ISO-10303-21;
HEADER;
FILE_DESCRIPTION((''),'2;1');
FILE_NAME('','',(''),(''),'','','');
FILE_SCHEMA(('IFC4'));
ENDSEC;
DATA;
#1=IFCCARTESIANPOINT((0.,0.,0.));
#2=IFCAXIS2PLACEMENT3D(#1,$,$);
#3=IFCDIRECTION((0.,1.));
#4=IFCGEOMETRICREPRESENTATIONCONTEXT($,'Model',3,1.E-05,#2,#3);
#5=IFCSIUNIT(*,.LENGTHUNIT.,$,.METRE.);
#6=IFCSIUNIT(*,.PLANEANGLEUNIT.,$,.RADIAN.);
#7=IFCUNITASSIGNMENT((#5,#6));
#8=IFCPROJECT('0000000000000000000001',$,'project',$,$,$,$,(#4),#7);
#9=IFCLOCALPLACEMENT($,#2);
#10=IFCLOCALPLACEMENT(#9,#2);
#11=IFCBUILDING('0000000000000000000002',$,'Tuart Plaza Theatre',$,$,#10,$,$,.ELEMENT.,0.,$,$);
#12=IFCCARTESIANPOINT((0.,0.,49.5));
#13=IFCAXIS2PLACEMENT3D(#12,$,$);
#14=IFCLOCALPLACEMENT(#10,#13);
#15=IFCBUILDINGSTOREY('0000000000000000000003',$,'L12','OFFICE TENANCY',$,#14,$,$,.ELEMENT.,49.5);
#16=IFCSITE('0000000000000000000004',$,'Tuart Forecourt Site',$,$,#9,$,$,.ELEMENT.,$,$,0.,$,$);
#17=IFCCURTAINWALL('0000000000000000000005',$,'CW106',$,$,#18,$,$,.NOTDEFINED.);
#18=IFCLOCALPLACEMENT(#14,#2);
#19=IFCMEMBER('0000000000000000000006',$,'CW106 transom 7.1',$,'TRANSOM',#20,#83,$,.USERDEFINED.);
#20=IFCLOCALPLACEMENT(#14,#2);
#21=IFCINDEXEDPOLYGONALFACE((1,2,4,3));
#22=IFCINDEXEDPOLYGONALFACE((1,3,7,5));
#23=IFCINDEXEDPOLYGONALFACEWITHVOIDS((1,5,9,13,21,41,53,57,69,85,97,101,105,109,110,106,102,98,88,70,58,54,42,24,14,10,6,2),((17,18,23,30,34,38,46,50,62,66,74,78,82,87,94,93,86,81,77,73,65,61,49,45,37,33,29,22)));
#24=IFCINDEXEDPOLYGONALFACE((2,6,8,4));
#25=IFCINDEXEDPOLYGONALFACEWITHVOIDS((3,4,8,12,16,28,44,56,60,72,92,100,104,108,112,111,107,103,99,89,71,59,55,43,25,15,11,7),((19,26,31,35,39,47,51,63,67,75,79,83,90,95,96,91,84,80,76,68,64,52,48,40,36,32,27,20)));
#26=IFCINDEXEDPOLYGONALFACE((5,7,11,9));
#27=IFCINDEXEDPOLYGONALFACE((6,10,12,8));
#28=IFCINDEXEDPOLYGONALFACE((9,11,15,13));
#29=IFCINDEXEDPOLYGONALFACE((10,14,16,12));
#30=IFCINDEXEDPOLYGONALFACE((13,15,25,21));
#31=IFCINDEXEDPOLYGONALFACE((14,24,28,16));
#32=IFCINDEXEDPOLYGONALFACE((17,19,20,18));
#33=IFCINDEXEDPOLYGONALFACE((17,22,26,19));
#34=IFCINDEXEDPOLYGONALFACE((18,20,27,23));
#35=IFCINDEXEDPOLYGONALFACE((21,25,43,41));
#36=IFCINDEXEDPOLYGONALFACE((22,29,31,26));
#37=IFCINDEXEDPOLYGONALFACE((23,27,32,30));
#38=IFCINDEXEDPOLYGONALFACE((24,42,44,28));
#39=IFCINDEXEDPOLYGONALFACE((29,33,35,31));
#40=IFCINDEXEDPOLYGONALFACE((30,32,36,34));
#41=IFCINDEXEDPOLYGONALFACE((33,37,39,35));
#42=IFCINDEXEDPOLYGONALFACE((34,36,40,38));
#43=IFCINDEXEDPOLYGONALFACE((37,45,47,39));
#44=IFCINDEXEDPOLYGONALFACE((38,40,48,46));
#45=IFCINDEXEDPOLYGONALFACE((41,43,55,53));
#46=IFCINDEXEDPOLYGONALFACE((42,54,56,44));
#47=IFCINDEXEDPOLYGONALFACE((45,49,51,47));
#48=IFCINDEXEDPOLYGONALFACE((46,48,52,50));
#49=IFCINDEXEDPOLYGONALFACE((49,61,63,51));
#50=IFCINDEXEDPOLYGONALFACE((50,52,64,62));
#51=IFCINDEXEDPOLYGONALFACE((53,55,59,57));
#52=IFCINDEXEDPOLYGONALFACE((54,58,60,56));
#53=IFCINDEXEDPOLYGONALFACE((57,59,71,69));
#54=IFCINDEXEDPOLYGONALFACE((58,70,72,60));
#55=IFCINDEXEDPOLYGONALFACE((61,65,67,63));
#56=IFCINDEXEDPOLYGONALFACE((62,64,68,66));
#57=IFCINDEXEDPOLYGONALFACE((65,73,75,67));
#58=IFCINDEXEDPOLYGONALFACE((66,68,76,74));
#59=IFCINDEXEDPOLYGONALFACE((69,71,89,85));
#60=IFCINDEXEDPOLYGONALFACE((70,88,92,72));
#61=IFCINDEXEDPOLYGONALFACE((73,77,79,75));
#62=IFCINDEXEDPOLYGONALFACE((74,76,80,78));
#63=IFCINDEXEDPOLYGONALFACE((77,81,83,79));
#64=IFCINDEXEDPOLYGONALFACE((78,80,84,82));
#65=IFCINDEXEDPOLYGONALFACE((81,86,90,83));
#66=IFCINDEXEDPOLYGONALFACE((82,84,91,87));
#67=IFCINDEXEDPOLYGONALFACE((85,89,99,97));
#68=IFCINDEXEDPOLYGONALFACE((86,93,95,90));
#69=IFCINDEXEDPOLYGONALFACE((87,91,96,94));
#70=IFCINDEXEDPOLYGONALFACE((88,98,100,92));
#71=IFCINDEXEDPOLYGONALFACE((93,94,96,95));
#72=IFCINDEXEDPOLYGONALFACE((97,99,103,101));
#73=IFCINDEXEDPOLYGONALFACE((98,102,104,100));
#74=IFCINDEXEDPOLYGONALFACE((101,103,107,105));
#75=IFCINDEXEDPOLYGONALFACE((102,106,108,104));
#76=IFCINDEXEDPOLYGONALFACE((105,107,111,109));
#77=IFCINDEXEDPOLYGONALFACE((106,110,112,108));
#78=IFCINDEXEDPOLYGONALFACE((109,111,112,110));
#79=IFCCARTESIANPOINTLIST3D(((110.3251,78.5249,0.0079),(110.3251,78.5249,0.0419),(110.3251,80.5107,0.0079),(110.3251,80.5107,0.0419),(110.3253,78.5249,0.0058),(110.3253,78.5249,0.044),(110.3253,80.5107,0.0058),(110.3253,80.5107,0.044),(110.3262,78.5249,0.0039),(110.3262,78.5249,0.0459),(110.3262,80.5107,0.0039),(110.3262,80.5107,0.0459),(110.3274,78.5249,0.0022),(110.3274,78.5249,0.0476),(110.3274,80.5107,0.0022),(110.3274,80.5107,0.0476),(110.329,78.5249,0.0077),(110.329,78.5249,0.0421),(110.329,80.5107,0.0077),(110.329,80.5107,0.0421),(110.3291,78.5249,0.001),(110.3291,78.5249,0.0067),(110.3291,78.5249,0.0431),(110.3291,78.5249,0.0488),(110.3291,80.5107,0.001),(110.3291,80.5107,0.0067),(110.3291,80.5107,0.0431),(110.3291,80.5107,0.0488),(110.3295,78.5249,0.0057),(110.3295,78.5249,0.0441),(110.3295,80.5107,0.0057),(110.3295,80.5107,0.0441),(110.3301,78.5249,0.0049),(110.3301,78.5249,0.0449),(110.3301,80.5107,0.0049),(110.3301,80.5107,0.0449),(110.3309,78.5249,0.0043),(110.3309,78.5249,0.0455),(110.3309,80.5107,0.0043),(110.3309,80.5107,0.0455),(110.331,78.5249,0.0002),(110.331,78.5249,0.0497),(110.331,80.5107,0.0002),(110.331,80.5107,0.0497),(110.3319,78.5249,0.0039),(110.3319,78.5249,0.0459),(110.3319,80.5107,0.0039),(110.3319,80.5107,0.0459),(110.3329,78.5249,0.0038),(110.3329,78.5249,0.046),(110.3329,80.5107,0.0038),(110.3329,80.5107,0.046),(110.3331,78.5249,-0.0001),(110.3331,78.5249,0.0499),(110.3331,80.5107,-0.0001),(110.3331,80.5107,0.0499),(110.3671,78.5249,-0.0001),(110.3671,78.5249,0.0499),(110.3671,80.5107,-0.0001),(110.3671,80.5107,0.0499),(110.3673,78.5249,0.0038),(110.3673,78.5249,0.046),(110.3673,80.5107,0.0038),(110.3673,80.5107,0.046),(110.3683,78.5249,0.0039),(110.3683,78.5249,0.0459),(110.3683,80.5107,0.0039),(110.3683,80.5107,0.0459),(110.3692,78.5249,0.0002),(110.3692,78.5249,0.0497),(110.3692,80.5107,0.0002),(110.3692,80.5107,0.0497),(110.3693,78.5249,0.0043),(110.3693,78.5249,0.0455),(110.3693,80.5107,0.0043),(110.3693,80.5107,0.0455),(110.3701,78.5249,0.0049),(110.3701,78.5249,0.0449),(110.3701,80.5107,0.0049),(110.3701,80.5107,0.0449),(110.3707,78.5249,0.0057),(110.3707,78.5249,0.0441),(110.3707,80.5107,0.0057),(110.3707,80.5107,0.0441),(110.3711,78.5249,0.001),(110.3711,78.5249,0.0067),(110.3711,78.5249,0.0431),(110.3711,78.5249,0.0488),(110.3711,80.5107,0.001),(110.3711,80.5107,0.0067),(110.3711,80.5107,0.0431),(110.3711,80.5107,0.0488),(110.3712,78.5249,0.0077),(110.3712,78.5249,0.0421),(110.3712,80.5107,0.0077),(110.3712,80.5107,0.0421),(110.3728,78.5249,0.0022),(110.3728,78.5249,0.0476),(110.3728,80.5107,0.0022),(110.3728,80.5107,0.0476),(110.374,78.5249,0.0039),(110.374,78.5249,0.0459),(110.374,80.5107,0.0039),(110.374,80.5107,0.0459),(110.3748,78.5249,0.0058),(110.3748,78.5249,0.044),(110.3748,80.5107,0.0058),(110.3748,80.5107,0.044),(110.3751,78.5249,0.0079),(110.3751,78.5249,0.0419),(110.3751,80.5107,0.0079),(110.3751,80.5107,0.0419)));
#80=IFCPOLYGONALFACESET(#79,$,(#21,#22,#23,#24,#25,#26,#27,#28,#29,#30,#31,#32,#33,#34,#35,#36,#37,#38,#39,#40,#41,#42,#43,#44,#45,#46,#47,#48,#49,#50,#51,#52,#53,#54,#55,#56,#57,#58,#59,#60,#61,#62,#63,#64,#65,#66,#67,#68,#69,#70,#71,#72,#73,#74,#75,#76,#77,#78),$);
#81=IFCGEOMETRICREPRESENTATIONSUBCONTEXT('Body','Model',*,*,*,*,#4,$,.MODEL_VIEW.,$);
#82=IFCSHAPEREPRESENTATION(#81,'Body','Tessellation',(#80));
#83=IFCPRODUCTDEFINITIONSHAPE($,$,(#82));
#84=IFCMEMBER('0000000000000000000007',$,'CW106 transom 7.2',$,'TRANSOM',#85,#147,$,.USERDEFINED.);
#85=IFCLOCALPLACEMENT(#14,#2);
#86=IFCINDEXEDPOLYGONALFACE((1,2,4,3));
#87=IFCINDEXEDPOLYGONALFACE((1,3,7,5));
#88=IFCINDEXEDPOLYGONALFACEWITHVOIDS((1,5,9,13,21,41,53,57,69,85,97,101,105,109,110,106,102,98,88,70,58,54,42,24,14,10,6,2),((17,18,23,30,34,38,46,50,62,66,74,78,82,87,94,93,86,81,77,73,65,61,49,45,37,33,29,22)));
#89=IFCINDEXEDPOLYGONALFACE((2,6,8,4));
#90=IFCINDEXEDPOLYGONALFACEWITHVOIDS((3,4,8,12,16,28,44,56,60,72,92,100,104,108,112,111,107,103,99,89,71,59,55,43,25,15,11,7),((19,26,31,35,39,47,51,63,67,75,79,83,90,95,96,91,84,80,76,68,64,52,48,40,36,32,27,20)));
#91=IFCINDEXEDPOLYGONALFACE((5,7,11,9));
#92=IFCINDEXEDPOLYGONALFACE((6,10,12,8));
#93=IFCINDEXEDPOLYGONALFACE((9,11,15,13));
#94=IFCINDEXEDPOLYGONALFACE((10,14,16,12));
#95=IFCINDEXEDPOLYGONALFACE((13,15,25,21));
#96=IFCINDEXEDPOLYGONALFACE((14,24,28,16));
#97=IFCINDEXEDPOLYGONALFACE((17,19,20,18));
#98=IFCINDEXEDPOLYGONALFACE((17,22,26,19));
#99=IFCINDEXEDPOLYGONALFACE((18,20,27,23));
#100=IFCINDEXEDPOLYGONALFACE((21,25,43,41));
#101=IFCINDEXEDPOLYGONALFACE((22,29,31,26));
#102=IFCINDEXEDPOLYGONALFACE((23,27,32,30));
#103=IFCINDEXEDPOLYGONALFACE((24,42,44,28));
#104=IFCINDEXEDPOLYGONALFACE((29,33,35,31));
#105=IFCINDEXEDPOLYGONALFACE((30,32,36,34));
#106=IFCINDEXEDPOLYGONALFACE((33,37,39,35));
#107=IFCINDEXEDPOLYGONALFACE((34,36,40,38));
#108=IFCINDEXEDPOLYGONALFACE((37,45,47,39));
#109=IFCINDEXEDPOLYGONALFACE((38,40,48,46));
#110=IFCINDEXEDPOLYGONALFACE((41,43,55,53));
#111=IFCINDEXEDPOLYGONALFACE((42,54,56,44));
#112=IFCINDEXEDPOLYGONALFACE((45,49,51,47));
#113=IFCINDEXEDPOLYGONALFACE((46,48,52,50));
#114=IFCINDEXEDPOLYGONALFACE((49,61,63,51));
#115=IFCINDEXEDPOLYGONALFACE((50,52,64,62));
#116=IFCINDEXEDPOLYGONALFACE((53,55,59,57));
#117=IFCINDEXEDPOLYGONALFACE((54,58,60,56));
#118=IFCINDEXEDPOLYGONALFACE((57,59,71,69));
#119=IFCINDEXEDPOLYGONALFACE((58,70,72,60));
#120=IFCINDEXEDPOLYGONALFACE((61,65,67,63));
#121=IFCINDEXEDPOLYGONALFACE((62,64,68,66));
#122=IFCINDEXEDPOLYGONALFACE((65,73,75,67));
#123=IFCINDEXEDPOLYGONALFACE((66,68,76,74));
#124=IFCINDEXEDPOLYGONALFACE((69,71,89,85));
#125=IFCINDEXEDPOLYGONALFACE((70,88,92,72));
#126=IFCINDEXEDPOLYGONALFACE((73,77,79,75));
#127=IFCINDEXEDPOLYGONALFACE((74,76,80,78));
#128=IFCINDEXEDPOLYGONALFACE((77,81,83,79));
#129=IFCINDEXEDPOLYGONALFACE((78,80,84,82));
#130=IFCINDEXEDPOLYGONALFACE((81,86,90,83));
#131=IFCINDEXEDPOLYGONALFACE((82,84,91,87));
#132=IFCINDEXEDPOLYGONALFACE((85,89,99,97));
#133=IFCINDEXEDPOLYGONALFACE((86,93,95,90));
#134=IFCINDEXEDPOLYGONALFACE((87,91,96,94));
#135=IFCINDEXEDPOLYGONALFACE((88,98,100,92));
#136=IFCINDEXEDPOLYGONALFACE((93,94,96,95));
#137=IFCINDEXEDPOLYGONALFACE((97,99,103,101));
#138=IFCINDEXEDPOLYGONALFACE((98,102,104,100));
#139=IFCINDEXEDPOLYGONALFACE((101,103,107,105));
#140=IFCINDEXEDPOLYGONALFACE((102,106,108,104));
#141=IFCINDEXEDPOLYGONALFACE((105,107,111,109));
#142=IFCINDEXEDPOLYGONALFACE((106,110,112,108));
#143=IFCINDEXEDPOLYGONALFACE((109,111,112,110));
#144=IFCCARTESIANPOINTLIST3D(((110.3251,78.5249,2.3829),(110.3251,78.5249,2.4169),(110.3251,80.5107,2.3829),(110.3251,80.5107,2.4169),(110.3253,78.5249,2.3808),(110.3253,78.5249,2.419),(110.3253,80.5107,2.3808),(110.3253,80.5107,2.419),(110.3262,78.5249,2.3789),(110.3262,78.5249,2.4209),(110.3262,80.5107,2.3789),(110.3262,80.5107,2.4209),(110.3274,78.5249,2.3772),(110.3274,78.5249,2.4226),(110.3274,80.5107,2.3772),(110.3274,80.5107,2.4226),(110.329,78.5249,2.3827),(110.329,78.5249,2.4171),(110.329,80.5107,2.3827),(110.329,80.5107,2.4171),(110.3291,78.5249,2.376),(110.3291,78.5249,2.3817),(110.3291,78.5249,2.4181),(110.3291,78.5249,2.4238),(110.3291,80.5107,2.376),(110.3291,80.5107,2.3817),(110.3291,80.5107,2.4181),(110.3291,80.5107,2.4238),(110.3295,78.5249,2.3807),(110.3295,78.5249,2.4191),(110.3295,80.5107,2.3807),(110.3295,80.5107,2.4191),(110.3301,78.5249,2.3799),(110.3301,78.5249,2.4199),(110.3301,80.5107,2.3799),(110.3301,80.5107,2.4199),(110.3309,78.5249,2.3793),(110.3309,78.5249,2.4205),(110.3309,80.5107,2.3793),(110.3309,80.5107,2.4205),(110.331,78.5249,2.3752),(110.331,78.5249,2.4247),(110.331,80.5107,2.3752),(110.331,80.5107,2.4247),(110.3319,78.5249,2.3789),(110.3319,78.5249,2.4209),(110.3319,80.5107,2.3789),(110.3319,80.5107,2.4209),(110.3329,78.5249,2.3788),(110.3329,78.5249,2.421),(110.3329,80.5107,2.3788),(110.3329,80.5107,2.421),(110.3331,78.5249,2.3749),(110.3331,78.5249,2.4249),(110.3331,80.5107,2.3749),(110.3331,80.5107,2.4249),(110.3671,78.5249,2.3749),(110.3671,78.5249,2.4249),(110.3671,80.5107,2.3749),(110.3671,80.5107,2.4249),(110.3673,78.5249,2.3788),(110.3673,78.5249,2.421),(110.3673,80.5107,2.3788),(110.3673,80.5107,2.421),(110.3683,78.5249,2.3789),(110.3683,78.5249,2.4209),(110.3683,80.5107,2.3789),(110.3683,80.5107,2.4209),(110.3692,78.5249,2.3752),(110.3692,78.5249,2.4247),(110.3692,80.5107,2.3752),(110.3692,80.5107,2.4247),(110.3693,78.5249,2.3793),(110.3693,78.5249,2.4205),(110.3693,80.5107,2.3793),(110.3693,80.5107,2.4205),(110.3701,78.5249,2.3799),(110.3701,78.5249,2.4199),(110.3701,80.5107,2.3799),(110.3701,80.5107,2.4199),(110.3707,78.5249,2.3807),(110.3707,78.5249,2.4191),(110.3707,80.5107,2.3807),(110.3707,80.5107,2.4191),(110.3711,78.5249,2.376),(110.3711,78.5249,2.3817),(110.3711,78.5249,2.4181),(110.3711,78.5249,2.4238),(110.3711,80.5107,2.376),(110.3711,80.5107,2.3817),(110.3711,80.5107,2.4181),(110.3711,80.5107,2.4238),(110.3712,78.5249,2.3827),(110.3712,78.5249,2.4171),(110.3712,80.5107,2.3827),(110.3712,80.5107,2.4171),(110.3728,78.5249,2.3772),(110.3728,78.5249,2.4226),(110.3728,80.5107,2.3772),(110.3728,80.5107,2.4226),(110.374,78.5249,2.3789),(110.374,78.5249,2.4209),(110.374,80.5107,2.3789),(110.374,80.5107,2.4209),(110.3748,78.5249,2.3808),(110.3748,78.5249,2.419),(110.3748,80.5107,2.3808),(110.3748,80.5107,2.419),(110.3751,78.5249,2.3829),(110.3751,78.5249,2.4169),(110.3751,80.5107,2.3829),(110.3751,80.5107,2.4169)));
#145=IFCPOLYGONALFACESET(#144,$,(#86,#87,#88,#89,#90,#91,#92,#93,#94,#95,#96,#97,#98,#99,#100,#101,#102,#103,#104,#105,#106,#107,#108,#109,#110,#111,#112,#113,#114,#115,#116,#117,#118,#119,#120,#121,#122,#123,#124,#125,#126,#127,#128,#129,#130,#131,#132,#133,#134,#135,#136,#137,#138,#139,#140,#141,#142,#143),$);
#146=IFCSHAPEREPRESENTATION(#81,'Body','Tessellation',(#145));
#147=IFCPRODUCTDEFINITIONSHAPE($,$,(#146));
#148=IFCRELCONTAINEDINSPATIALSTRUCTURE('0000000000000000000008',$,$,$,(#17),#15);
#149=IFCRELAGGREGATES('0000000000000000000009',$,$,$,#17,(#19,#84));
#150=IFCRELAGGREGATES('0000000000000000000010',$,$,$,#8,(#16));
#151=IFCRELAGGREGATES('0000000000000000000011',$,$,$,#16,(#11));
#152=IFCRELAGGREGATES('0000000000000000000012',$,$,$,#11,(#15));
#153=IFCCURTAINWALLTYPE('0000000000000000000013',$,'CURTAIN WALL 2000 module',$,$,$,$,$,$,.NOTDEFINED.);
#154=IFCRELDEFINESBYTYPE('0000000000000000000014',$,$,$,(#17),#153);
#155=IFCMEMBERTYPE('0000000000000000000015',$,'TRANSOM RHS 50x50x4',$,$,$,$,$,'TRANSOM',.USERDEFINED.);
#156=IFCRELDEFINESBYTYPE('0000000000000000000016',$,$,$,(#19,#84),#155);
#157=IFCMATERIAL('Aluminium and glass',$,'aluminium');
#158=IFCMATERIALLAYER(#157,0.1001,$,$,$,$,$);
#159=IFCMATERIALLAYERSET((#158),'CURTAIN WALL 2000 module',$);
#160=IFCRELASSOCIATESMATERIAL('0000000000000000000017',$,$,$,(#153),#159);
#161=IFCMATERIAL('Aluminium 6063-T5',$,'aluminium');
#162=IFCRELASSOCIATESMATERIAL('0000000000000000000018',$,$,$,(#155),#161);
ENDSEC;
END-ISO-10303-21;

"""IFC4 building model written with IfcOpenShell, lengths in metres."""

from ifc_helpers import new_model, si_unit, direction, frame, origin, origin_2d, place, context, subcontext, project, spatial, hollow_rectangle, extrude, material, layer, layer_set, material_profile, profile_set, type_object, element, aggregate, save


model = new_model("IFC4")

# Units and contexts
model_context = context("Model", 3, precision=1e-05, world=origin(), true_north=direction((0.0, 1.0)))
body_context = subcontext(model_context, "Body", "Model", "MODEL_VIEW")
ifc_project = project(units=[si_unit("LENGTHUNIT", "METRE"), si_unit("PLANEANGLEUNIT", "RADIAN")], contexts=[model_context])

# Site, building, storey
site_placement = place(None, origin())
site = spatial("IfcSite", under=ifc_project, at=site_placement, Name="Tuart Forecourt Site", CompositionType="ELEMENT", RefElevation=0.0)
building_placement = place(site_placement, origin())
building = spatial("IfcBuilding", under=site, at=building_placement, Name="Tuart Plaza Theatre", CompositionType="ELEMENT", ElevationOfRefHeight=0.0)
storey_placement = place(building_placement, frame((0.0, 0.0, 49.5)))
storey = spatial("IfcBuildingStorey", under=building, at=storey_placement, Name="L12", Description="OFFICE TENANCY", CompositionType="ELEMENT", Elevation=49.5)

# Curtain wall, members
ifc_material_1 = material(Name="Aluminium and glass", Category="aluminium")
ifc_layer_1 = layer(ifc_material_1, 0.1001)
ifc_layer_set_1 = layer_set([ifc_layer_1], Name="CURTAIN WALL 2000 module")
curtain_wall_type = type_object("IfcCurtainWallType", Name="CURTAIN WALL 2000 module", PredefinedType="NOTDEFINED", material=ifc_layer_set_1)
curtain_wall_placement = place(storey_placement, origin())
curtain_wall = element("IfcCurtainWall", 1, at=curtain_wall_placement, inside=storey, type_object=curtain_wall_type, Name="CW106", PredefinedType="NOTDEFINED")
ifc_material_2 = material(Name="Aluminium 6063-T5", Category="aluminium")
ifc_material_profile = material_profile(ifc_material_2, hollow_rectangle(XDim=0.05, YDim=0.05, WallThickness=0.0039, InnerFilletRadius=0.0039, OuterFilletRadius=0.0081, at=origin_2d()), Name="RHS 50x50x4")
ifc_profile_set = profile_set([ifc_material_profile], Name="Aluminium 6063-T5")
member_type = type_object("IfcMemberType", Name="TRANSOM RHS 50x50x4", ElementType="TRANSOM", PredefinedType="USERDEFINED", material=ifc_profile_set)
member_1_placement = place(storey_placement, frame((110.3501, 80.5107, 0.0249), z_axis=(0.0, -1.0, 0.0), x_axis=(1.0, 0.0, 0.0)))
member_1 = element("IfcMember", 2, at=member_1_placement, type_object=member_type, Name="CW106 transom 7.1", ObjectType="TRANSOM", PredefinedType="USERDEFINED", context=body_context, shape_type="SweptSolid", body=[
    extrude(hollow_rectangle(XDim=0.05, YDim=0.05, WallThickness=0.0039, InnerFilletRadius=0.0039, OuterFilletRadius=0.0081, at=origin_2d()), origin(), (0.0, 0.0, 1.0), 1.9858),
])
member_2_placement = place(storey_placement, frame((110.3501, 80.5107, 2.3999), z_axis=(0.0, -1.0, 0.0), x_axis=(1.0, 0.0, 0.0)))
member_2 = element("IfcMember", 3, at=member_2_placement, type_object=member_type, Name="CW106 transom 7.2", ObjectType="TRANSOM", PredefinedType="USERDEFINED", context=body_context, shape_type="SweptSolid", body=[
    extrude(hollow_rectangle(XDim=0.05, YDim=0.05, WallThickness=0.0039, InnerFilletRadius=0.0039, OuterFilletRadius=0.0081, at=origin_2d()), origin(), (0.0, 0.0, 1.0), 1.9858),
])
aggregate(curtain_wall, [member_1, member_2])

save(model, "model.ifc")
